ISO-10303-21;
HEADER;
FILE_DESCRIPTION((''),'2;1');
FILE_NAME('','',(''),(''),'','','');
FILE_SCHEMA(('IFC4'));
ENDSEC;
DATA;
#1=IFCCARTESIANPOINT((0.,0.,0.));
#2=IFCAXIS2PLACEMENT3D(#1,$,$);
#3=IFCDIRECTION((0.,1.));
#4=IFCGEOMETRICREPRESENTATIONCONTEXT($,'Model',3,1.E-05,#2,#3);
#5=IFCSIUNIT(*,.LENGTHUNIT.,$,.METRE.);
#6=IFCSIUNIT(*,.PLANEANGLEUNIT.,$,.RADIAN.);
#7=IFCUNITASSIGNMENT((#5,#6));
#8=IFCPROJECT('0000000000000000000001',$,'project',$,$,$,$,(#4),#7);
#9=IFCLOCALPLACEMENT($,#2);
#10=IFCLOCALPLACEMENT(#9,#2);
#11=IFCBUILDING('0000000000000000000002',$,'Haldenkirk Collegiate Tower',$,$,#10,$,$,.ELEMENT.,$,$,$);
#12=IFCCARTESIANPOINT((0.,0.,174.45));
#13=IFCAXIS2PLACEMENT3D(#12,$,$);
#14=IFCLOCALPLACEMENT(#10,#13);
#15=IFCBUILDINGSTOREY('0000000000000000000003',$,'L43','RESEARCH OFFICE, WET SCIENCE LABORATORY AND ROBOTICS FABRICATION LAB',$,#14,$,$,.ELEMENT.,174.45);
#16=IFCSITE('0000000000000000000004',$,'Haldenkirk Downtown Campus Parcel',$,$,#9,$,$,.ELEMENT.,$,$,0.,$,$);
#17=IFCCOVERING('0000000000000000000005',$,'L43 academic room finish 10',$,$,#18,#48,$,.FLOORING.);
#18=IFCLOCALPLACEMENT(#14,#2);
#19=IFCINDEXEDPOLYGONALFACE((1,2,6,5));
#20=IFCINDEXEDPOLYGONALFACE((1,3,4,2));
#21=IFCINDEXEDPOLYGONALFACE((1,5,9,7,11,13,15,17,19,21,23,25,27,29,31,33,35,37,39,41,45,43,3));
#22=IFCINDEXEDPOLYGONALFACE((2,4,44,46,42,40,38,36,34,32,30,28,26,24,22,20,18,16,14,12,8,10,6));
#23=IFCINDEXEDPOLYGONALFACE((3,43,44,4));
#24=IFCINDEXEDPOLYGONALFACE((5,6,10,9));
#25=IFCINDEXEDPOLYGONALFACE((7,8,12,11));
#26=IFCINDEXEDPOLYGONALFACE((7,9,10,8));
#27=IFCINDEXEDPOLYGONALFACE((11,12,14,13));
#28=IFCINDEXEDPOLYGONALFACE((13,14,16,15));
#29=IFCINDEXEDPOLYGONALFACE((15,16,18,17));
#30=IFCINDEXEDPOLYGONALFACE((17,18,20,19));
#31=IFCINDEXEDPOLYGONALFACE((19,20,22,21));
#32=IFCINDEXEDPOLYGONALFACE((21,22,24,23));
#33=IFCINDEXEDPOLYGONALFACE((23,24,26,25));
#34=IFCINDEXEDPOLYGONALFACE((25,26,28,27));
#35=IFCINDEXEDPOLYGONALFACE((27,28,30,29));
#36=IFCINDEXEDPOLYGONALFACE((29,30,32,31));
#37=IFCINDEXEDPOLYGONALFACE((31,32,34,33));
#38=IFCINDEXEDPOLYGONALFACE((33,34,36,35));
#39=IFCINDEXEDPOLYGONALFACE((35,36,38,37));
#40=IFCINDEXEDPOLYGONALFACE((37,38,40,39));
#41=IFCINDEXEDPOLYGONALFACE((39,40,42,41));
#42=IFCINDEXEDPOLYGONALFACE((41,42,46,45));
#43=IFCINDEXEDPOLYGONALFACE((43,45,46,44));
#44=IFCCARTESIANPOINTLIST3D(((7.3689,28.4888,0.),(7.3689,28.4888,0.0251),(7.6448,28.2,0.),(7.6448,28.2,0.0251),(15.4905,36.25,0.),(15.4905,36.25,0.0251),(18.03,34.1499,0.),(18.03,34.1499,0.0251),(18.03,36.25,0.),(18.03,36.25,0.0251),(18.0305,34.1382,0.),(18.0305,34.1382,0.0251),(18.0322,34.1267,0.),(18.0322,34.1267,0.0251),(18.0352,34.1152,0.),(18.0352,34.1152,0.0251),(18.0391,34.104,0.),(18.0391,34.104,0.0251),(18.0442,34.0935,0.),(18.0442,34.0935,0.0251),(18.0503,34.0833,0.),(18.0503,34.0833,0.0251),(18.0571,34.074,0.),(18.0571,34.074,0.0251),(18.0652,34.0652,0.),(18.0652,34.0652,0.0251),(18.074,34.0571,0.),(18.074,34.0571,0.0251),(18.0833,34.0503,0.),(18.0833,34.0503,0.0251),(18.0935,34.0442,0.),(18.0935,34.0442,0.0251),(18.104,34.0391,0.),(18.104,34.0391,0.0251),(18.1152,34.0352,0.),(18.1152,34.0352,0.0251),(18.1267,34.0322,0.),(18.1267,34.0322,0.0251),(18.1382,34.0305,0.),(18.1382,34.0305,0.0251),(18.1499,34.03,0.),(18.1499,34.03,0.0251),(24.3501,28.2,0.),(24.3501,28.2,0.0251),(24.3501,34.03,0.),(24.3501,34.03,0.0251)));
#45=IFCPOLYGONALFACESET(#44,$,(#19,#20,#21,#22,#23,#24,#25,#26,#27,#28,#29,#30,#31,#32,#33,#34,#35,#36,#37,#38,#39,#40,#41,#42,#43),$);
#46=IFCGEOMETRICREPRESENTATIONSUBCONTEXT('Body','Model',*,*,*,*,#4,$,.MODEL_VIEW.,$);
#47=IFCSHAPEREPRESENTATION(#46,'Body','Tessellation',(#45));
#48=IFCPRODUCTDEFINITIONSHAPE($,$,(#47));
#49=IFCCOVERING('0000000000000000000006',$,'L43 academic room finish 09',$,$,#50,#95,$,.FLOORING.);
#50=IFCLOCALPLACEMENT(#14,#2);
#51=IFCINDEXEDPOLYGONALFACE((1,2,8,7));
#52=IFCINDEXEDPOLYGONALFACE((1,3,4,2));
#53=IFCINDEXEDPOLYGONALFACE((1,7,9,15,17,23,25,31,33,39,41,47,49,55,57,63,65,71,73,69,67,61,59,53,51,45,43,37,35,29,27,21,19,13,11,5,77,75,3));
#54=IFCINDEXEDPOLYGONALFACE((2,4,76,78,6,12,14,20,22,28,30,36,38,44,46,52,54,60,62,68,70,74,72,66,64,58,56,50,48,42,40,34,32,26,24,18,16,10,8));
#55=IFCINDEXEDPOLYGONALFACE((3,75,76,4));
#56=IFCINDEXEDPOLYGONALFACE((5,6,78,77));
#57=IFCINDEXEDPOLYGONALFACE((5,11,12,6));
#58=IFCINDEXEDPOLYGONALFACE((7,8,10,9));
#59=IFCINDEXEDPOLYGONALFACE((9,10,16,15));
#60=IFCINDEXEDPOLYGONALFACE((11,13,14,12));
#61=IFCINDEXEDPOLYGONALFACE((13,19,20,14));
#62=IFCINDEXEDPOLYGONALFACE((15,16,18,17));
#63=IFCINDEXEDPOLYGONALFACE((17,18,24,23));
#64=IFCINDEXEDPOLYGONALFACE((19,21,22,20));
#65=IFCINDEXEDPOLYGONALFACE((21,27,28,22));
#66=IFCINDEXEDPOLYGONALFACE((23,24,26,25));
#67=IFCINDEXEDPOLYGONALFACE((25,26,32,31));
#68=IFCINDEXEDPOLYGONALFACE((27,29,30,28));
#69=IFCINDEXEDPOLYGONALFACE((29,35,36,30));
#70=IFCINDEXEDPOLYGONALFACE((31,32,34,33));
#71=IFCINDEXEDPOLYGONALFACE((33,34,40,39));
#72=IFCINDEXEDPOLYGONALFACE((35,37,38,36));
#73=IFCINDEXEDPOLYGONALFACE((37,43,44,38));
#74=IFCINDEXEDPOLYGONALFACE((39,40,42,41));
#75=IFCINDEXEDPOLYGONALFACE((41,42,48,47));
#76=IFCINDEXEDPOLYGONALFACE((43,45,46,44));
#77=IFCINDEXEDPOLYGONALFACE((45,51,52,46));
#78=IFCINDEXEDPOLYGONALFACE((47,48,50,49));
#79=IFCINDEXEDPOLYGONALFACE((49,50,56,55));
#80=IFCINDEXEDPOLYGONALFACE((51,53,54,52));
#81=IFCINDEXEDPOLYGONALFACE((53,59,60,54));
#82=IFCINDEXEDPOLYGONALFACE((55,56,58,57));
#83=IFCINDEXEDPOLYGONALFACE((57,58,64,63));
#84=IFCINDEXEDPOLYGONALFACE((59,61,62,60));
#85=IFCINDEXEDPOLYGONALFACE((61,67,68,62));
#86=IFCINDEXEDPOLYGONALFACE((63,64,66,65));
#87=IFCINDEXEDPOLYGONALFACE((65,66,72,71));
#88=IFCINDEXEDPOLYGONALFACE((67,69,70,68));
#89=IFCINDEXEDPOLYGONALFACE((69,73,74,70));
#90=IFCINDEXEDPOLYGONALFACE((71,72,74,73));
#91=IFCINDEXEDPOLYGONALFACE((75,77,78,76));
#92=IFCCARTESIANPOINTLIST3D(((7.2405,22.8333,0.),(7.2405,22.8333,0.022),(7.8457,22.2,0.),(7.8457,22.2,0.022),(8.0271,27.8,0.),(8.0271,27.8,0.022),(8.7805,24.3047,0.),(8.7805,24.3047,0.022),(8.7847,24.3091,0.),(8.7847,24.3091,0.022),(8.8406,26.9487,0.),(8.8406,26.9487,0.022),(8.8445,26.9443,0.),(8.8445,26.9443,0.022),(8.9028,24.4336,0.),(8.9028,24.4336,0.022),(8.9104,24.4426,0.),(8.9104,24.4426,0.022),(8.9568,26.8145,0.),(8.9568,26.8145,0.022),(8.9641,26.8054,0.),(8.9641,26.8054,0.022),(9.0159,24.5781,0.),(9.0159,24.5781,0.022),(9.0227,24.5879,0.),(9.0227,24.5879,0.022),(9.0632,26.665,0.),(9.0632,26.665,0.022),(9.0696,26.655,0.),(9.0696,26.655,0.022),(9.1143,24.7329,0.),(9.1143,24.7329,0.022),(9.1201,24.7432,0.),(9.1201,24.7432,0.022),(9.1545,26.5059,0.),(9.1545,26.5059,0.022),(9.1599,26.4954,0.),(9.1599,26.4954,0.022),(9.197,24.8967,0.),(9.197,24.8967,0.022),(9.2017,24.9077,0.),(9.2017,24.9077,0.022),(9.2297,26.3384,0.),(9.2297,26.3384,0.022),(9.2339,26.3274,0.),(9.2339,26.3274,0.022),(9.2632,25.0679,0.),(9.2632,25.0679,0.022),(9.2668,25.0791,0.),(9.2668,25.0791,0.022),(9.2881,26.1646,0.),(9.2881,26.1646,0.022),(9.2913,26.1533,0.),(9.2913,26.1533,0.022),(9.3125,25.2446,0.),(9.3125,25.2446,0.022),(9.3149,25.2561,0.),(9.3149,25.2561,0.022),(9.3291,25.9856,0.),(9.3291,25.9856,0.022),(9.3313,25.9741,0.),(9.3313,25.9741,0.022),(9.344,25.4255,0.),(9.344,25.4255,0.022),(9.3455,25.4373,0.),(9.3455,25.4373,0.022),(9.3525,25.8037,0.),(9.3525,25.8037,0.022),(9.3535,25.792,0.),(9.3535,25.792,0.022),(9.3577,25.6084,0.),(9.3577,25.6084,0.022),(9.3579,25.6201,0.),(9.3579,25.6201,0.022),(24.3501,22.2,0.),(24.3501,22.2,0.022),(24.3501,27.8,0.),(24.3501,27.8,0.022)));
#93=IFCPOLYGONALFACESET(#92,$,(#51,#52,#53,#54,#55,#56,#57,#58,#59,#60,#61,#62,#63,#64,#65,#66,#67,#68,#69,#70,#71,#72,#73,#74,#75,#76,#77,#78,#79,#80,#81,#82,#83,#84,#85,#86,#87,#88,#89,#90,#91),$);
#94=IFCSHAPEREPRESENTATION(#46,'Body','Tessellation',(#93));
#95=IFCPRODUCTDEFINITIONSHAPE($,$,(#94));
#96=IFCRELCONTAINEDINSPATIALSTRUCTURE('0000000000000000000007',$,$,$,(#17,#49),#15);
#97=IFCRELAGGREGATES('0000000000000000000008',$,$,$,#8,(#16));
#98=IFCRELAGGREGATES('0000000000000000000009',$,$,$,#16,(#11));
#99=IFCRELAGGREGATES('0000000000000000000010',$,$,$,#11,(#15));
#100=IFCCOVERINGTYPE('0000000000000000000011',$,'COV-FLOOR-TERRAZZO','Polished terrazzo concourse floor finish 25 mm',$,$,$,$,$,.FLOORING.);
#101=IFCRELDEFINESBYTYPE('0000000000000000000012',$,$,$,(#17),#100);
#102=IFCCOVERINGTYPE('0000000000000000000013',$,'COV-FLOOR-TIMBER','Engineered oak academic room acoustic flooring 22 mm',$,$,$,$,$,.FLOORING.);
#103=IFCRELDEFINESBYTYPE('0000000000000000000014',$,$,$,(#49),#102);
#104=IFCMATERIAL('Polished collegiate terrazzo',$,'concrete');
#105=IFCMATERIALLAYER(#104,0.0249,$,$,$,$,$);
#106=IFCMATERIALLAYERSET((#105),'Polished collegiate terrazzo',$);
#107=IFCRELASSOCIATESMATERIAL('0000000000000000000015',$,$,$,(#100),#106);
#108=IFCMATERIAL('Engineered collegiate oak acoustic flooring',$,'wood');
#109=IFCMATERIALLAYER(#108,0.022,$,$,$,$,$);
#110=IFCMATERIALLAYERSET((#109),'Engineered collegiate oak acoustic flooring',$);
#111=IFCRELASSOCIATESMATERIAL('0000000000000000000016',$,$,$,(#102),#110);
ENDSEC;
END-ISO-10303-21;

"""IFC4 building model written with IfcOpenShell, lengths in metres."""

from ifc_helpers import new_model, si_unit, direction, frame, origin, place, context, subcontext, project, spatial, polyline, outline, extrude, material, layer, layer_set, type_object, element, save


model = new_model("IFC4")

# Units and contexts
model_context = context("Model", 3, precision=1e-05, world=origin(), true_north=direction((0.0, 1.0)))
body_context = subcontext(model_context, "Body", "Model", "MODEL_VIEW")
ifc_project = project(units=[si_unit("LENGTHUNIT", "METRE"), si_unit("PLANEANGLEUNIT", "RADIAN")], contexts=[model_context])

# Site, building, storey
site_placement = place(None, origin())
site = spatial("IfcSite", under=ifc_project, at=site_placement, Name="Haldenkirk Downtown Campus Parcel", CompositionType="ELEMENT", RefElevation=0.0)
building_placement = place(site_placement, origin())
building = spatial("IfcBuilding", under=site, at=building_placement, Name="Haldenkirk Collegiate Tower", CompositionType="ELEMENT")
storey_placement = place(building_placement, frame((0.0, 0.0, 174.45)))
storey = spatial("IfcBuildingStorey", under=building, at=storey_placement, Name="L43", Description="RESEARCH OFFICE, WET SCIENCE LABORATORY AND ROBOTICS FABRICATION LAB", CompositionType="ELEMENT", Elevation=174.45)

# Coverings
ifc_material_1 = material(Name="Polished collegiate terrazzo", Category="concrete")
ifc_layer_1 = layer(ifc_material_1, 0.0249)
ifc_layer_set_1 = layer_set([ifc_layer_1], Name="Polished collegiate terrazzo")
covering_type_1 = type_object("IfcCoveringType", Name="COV-FLOOR-TERRAZZO", Description="Polished terrazzo concourse floor finish 25 mm", PredefinedType="FLOORING", material=ifc_layer_set_1)
covering_1_placement = place(storey_placement, origin())
element("IfcCovering", 1, at=covering_1_placement, inside=storey, type_object=covering_type_1, Name="L43 academic room finish 10", PredefinedType="FLOORING", context=body_context, shape_type="SweptSolid", body=[
    extrude(outline(polyline([(7.3689, 28.4888), (15.4905, 36.25), (18.03, 36.25), (18.03, 34.1499), (18.0305, 34.1382), (18.0322, 34.1267), (18.0352, 34.1152), (18.0391, 34.104), (18.0442, 34.0935), (18.0503, 34.0833), (18.0571, 34.074), (18.0652, 34.0652), (18.074, 34.0571), (18.0833, 34.0503), (18.0935, 34.0442), (18.104, 34.0391), (18.1152, 34.0352), (18.1267, 34.0322), (18.1382, 34.0305), (18.1499, 34.03), (24.3501, 34.03), (24.3501, 28.2), (7.6448, 28.2), (7.3689, 28.4888)])), origin(), (0.0, 0.0, 1.0), 0.0251),
])
ifc_material_2 = material(Name="Engineered collegiate oak acoustic flooring", Category="wood")
ifc_layer_2 = layer(ifc_material_2, 0.022)
ifc_layer_set_2 = layer_set([ifc_layer_2], Name="Engineered collegiate oak acoustic flooring")
covering_type_2 = type_object("IfcCoveringType", Name="COV-FLOOR-TIMBER", Description="Engineered oak academic room acoustic flooring 22 mm", PredefinedType="FLOORING", material=ifc_layer_set_2)
covering_2_placement = place(storey_placement, origin())
element("IfcCovering", 2, at=covering_2_placement, inside=storey, type_object=covering_type_2, Name="L43 academic room finish 09", PredefinedType="FLOORING", context=body_context, shape_type="SweptSolid", body=[
    extrude(outline(polyline([(8.7805, 24.3047), (8.7847, 24.3091), (8.9028, 24.4336), (8.9104, 24.4426), (9.0159, 24.5781), (9.0227, 24.5879), (9.1143, 24.7329), (9.1201, 24.7432), (9.197, 24.8967), (9.2017, 24.9077), (9.2632, 25.0679), (9.2668, 25.0791), (9.3125, 25.2446), (9.3149, 25.2561), (9.344, 25.4255), (9.3455, 25.4373), (9.3577, 25.6084), (9.3579, 25.6201), (9.3535, 25.792), (9.3525, 25.8037), (9.3313, 25.9741), (9.3291, 25.9856), (9.2913, 26.1533), (9.2881, 26.1646), (9.2339, 26.3274), (9.2297, 26.3384), (9.1599, 26.4954), (9.1545, 26.5059), (9.0696, 26.655), (9.0632, 26.665), (8.9641, 26.8054), (8.9568, 26.8145), (8.8445, 26.9443), (8.8406, 26.9487), (8.0271, 27.8), (24.3501, 27.8), (24.3501, 22.2), (7.8457, 22.2), (7.2405, 22.8333), (8.7805, 24.3047)])), origin(), (0.0, 0.0, 1.0), 0.022),
])

save(model, "model.ifc")
